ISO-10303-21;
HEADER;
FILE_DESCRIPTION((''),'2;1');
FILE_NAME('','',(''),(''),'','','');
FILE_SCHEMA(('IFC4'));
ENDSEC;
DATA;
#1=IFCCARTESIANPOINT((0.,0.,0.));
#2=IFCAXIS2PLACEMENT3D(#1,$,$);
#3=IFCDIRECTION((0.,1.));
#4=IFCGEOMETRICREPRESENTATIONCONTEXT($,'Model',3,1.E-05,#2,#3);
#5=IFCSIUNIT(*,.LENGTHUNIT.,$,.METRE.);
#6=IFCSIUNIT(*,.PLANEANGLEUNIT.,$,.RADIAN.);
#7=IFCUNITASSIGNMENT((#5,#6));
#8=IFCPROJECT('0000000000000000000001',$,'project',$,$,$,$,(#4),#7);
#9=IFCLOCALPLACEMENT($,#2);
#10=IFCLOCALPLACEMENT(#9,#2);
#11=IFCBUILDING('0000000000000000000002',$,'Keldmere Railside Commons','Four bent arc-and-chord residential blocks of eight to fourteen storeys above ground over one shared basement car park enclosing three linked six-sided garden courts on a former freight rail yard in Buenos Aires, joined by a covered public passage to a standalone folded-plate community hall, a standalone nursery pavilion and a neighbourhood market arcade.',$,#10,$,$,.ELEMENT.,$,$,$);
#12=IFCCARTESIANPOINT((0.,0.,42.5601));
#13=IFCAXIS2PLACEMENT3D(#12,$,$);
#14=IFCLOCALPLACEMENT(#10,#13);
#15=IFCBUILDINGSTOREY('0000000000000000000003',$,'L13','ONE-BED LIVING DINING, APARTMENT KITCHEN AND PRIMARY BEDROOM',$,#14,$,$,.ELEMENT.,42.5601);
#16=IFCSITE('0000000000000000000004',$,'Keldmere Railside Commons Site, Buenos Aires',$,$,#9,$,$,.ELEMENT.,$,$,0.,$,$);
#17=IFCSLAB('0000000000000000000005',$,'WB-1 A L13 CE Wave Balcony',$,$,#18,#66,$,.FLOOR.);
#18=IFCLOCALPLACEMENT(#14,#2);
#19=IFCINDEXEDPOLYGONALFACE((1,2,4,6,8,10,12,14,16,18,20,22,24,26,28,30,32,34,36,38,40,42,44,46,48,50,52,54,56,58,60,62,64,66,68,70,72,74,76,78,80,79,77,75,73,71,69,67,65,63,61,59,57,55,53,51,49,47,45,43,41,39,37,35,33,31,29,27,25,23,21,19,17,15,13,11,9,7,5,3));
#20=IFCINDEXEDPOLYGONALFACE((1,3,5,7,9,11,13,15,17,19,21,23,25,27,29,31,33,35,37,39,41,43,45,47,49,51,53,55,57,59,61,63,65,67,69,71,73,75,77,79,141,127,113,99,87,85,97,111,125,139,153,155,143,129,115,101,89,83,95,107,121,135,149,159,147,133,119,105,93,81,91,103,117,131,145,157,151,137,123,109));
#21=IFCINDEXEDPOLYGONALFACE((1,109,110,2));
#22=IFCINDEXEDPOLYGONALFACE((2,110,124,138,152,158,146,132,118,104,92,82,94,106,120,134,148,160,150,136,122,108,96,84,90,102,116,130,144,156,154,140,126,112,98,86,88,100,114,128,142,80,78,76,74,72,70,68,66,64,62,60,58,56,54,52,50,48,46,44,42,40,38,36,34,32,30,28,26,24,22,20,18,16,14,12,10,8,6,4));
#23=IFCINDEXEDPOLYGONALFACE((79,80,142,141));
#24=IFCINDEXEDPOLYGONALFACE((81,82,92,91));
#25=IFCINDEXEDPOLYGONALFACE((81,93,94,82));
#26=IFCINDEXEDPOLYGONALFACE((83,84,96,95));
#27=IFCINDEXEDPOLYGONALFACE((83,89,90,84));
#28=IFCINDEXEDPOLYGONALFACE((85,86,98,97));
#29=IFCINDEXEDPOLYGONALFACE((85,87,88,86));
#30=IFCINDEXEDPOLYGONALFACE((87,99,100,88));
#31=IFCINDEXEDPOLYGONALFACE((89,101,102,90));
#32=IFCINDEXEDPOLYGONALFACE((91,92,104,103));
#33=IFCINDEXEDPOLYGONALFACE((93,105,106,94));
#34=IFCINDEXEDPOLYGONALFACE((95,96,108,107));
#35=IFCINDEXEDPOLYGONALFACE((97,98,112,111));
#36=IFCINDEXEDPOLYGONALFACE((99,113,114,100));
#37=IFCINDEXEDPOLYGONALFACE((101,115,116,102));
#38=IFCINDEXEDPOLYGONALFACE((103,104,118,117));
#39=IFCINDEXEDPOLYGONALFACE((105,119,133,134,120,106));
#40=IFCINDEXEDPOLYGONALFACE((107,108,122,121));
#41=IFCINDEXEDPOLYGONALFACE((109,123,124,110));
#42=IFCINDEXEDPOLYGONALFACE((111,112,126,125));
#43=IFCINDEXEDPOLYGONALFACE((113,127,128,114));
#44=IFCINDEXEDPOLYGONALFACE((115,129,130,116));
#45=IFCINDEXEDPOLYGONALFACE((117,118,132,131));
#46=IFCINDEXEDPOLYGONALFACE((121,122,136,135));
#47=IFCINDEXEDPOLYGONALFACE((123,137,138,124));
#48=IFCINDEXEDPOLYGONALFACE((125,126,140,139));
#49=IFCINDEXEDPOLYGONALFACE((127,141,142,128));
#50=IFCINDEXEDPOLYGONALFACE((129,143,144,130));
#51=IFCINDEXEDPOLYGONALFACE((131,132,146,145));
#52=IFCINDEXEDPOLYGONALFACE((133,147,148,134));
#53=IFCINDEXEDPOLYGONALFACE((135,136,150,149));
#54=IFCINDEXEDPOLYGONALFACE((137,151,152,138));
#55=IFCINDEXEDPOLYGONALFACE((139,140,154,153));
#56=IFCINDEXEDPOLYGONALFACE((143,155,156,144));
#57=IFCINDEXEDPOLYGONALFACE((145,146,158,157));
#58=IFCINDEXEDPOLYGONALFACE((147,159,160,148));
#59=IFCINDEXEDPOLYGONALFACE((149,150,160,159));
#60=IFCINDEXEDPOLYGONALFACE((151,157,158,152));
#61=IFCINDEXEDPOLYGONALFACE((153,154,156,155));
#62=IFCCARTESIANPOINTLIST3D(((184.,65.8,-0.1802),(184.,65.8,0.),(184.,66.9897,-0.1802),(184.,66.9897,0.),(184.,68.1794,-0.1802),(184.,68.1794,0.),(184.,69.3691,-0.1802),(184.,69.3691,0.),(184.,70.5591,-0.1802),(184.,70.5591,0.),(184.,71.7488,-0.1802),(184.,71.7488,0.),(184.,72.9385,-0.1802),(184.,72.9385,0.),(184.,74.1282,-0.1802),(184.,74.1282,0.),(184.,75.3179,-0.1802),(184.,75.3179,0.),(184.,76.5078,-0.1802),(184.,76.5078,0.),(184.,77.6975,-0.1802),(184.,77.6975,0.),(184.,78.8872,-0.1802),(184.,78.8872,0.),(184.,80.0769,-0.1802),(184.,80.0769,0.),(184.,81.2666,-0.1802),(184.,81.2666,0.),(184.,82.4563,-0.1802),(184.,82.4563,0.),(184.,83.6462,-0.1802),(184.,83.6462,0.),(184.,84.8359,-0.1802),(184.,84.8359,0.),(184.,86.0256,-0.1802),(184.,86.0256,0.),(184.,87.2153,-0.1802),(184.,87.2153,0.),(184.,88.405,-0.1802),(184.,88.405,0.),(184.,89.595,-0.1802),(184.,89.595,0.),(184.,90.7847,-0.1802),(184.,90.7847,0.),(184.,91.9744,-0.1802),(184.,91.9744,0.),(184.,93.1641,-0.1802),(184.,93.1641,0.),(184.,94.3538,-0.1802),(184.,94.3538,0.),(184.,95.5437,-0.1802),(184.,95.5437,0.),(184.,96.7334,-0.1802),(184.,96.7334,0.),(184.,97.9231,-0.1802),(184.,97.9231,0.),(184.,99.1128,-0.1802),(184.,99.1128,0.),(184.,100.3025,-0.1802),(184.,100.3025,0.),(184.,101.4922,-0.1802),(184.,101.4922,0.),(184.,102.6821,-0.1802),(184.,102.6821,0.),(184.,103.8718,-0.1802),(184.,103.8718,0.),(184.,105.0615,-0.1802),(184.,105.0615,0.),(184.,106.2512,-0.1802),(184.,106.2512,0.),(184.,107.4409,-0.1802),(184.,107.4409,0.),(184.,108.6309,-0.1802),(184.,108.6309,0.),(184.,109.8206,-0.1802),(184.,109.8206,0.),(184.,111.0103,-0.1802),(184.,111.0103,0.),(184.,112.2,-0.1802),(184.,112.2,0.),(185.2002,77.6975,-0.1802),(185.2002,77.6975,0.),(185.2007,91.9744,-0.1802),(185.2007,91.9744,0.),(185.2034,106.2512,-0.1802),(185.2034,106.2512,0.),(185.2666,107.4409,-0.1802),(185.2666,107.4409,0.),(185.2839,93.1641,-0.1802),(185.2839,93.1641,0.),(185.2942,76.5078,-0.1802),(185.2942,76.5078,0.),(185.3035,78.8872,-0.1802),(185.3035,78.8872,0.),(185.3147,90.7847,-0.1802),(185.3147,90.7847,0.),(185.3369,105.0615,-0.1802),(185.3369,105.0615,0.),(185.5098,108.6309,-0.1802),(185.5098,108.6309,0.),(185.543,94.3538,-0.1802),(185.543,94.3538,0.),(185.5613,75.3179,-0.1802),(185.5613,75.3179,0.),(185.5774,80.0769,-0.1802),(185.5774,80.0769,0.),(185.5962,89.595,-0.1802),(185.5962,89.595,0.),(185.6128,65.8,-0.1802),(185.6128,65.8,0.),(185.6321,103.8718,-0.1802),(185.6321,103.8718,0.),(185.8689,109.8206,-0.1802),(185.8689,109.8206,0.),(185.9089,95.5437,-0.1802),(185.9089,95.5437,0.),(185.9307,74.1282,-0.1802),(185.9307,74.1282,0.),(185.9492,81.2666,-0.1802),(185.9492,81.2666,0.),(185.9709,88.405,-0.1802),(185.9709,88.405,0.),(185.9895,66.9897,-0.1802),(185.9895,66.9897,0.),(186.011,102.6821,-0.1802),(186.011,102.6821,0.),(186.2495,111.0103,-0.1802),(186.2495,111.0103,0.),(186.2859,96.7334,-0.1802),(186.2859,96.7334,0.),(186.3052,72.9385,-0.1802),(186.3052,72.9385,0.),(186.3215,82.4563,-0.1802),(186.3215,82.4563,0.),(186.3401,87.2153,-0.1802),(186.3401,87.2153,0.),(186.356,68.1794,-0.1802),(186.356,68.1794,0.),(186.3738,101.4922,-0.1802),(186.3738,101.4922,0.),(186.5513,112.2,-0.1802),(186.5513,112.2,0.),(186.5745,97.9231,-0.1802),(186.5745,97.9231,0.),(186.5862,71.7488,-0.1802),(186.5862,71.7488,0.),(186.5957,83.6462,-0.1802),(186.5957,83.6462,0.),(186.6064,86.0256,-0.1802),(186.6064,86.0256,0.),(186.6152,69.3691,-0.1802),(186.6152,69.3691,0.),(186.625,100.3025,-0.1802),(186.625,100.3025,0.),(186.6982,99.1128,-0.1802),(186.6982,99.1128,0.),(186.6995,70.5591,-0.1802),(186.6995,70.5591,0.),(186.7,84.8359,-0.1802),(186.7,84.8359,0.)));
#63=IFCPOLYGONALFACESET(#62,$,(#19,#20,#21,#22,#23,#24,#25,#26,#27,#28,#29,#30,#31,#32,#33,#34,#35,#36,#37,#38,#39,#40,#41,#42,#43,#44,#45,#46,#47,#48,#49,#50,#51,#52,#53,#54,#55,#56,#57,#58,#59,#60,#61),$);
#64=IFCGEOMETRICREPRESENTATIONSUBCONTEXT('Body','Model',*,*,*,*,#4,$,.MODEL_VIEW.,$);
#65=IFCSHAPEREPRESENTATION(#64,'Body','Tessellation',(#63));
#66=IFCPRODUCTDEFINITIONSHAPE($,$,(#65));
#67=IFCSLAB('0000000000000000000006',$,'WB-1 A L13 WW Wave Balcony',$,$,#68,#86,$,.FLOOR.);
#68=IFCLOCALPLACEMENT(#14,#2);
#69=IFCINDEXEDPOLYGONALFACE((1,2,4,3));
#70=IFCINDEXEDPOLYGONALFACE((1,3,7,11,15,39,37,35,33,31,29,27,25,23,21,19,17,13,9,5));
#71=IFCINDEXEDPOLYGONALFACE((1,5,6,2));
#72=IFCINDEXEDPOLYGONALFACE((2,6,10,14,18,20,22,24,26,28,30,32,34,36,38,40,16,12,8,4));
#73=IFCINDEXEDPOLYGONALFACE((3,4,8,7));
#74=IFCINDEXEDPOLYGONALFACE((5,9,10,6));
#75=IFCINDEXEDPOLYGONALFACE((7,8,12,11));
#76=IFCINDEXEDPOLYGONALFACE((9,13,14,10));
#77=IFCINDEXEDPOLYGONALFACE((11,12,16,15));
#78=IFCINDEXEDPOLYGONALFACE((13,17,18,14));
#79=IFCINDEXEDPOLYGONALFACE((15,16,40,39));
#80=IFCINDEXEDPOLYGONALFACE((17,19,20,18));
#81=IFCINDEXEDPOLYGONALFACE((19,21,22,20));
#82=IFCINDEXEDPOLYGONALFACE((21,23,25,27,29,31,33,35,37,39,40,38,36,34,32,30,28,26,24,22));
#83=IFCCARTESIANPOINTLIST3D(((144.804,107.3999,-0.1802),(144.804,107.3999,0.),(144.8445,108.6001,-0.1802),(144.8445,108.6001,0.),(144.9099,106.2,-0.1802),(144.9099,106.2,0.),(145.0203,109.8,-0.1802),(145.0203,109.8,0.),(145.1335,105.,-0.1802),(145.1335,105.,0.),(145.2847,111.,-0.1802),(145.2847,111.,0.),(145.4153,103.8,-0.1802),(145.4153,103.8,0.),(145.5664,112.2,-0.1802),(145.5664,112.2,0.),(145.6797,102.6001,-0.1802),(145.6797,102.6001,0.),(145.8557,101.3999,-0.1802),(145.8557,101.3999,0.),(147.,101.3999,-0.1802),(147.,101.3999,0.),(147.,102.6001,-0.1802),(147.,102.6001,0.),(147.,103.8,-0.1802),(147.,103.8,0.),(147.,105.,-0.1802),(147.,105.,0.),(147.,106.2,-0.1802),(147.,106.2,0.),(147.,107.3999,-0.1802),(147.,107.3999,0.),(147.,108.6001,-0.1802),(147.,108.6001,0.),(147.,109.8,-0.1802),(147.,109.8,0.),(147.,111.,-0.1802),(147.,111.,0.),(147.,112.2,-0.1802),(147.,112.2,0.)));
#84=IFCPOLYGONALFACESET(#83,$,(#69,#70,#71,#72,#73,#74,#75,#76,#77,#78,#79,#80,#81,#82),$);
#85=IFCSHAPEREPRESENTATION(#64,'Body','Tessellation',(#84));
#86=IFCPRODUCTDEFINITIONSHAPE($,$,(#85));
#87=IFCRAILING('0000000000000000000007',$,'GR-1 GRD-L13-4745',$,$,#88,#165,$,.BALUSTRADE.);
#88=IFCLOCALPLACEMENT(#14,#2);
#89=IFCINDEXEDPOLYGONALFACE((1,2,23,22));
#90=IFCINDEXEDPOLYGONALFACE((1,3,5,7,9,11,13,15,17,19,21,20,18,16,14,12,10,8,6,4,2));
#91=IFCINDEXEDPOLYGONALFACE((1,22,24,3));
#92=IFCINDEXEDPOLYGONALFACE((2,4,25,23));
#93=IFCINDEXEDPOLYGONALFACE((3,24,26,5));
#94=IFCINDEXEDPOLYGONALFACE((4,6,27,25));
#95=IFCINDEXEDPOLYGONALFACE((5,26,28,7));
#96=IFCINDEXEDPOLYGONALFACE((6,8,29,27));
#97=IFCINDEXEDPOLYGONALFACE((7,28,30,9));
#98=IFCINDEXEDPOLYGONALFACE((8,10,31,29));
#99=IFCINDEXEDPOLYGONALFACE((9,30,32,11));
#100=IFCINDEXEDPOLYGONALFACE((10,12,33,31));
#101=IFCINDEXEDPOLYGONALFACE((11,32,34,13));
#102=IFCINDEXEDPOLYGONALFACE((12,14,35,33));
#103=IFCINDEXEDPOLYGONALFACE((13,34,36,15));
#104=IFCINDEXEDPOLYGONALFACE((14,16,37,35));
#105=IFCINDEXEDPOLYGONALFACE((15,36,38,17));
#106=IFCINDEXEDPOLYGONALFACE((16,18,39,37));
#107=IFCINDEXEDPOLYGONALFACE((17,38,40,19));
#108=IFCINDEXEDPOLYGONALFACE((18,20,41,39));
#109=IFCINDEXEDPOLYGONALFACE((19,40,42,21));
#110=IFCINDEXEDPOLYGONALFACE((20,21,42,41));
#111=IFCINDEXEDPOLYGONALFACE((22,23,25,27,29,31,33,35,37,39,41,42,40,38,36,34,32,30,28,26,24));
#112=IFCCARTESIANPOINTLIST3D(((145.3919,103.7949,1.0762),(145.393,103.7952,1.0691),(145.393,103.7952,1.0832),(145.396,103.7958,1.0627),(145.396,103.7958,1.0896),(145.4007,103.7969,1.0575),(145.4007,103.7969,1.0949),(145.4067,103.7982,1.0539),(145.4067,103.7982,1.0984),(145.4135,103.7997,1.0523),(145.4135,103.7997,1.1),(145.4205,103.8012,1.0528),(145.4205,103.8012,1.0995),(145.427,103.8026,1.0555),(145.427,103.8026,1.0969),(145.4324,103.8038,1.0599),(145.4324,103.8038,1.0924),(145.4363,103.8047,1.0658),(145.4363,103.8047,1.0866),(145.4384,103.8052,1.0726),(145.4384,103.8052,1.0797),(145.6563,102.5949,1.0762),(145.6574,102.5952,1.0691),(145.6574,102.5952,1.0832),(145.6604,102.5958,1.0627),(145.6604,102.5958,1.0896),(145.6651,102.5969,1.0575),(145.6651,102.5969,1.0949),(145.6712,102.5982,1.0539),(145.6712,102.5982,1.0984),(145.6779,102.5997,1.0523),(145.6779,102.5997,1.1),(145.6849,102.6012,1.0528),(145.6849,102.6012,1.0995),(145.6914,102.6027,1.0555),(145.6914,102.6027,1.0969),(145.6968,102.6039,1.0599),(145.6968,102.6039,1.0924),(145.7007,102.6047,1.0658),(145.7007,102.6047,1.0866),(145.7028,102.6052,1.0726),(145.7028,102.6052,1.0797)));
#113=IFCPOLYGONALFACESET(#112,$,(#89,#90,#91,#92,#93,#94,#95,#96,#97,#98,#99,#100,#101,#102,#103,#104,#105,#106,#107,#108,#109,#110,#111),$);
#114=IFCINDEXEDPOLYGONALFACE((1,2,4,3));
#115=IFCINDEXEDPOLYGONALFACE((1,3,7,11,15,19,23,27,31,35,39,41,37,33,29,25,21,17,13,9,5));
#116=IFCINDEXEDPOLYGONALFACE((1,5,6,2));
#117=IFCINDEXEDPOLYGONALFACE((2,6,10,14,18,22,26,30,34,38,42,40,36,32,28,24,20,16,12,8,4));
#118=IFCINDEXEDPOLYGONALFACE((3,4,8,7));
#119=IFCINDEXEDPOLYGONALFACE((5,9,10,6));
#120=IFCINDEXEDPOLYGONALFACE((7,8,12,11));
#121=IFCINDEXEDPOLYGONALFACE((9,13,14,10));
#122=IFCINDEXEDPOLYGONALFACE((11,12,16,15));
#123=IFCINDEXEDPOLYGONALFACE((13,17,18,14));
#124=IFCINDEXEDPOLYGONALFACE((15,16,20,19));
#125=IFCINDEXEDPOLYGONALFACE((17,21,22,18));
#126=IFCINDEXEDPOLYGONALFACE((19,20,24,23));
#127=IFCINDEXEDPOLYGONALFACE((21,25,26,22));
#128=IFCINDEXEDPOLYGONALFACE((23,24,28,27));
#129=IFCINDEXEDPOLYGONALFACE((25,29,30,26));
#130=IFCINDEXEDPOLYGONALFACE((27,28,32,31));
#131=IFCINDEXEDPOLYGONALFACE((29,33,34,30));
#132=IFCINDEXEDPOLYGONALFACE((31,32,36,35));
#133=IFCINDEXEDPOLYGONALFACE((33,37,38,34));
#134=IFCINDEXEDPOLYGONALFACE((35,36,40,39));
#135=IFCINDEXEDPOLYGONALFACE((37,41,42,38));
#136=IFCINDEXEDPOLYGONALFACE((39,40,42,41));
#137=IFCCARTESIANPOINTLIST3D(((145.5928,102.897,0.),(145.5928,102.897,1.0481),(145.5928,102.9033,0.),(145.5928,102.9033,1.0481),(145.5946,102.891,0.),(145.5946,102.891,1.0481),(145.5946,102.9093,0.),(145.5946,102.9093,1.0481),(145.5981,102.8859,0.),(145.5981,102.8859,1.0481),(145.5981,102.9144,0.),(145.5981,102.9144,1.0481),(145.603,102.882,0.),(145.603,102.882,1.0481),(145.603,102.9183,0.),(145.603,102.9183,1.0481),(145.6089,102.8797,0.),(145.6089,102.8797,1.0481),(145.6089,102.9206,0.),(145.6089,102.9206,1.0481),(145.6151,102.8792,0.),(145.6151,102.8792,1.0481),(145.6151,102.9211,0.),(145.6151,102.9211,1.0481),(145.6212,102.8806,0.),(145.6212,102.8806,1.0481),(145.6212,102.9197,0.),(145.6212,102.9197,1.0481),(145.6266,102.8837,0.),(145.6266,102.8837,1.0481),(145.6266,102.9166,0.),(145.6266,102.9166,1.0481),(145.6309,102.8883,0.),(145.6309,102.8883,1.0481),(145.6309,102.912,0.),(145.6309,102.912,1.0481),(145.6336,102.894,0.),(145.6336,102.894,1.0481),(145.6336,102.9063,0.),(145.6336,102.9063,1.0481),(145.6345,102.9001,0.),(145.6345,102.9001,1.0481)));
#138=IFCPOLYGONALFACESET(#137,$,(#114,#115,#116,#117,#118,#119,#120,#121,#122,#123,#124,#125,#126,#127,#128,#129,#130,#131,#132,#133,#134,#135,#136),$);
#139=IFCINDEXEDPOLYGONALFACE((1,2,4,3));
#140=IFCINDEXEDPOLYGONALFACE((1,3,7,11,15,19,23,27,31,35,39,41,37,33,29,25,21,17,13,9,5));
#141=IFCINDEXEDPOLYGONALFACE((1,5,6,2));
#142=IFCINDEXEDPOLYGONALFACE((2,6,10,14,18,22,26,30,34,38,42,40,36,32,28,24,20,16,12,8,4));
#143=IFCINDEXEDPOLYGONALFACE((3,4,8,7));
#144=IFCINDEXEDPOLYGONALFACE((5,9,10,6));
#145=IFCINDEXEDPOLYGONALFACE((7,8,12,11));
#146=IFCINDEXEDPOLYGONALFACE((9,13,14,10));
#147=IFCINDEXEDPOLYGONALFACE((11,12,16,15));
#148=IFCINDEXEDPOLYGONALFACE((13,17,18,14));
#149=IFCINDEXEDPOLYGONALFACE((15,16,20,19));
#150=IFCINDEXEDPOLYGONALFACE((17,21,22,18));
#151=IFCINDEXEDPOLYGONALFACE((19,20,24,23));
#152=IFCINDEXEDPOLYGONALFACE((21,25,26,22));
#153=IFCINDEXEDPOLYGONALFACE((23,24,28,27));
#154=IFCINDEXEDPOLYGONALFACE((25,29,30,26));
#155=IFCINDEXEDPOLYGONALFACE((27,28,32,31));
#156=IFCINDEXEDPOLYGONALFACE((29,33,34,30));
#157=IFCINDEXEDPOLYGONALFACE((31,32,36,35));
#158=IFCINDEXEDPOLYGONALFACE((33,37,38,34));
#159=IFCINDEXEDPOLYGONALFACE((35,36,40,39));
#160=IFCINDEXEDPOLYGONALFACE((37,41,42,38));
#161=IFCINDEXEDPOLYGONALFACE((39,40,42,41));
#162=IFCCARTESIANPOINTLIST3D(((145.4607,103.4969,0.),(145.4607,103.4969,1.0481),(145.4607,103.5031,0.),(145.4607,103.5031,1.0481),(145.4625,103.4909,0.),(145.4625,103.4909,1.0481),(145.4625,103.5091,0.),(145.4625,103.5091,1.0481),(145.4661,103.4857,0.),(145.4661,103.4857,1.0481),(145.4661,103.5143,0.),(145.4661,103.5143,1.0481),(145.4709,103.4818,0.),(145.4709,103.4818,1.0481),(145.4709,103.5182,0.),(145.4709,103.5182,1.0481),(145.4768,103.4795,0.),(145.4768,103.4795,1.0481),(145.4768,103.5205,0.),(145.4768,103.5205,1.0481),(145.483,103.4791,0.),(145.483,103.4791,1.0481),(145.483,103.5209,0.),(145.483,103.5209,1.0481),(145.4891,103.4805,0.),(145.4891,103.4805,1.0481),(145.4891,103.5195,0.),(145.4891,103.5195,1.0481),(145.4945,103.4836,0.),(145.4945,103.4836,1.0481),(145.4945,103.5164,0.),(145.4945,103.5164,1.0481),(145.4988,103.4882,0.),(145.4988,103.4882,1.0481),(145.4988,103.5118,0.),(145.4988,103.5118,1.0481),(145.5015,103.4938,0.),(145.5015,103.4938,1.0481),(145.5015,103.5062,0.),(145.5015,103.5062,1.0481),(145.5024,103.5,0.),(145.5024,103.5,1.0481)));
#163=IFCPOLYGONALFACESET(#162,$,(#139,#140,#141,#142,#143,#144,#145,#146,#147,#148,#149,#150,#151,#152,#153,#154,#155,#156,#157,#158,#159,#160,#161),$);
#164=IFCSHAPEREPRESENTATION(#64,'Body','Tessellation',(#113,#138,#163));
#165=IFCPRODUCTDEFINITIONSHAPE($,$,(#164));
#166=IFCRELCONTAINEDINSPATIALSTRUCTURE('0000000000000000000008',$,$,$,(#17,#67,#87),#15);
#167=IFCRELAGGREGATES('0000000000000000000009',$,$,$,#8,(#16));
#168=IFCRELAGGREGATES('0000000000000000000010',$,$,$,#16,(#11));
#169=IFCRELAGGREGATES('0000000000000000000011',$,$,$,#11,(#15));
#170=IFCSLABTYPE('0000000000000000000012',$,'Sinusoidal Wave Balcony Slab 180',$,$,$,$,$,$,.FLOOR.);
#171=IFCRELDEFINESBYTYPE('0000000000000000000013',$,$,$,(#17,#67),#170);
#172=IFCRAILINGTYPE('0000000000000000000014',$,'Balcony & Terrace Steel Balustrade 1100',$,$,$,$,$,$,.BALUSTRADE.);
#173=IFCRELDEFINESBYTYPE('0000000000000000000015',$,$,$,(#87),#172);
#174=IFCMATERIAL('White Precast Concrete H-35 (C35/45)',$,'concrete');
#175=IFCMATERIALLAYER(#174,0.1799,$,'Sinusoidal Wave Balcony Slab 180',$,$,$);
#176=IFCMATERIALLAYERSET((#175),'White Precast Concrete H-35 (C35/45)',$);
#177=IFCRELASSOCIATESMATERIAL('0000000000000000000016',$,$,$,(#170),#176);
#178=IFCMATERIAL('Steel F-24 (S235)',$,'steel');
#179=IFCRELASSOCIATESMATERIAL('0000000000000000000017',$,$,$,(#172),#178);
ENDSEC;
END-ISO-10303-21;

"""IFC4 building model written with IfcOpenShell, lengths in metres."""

from ifc_helpers import new_model, si_unit, direction, frame, origin, origin_2d, place, context, subcontext, project, spatial, polyline, circle, outline, extrude, material, layer, layer_set, type_object, element, save


model = new_model("IFC4")

# Units and contexts
model_context = context("Model", 3, precision=1e-05, world=origin(), true_north=direction((0.0, 1.0)))
body_context = subcontext(model_context, "Body", "Model", "MODEL_VIEW")
ifc_project = project(units=[si_unit("LENGTHUNIT", "METRE"), si_unit("PLANEANGLEUNIT", "RADIAN")], contexts=[model_context])

# Site, building, storey
site_placement = place(None, origin())
site = spatial("IfcSite", under=ifc_project, at=site_placement, Name="Keldmere Railside Commons Site, Buenos Aires", CompositionType="ELEMENT", RefElevation=0.0)
building_placement = place(site_placement, origin())
building = spatial("IfcBuilding", under=site, at=building_placement, Name="Keldmere Railside Commons", Description="Four bent arc-and-chord residential blocks of eight to fourteen storeys above ground over one shared basement car park enclosing three linked six-sided garden courts on a former freight rail yard in Buenos Aires, joined by a covered public passage to a standalone folded-plate community hall, a standalone nursery pavilion and a neighbourhood market arcade.", CompositionType="ELEMENT")
storey_placement = place(building_placement, frame((0.0, 0.0, 42.5601)))
storey = spatial("IfcBuildingStorey", under=building, at=storey_placement, Name="L13", Description="ONE-BED LIVING DINING, APARTMENT KITCHEN AND PRIMARY BEDROOM", CompositionType="ELEMENT", Elevation=42.5601)

# Slabs
ifc_material_1 = material(Name="White Precast Concrete H-35 (C35/45)", Category="concrete")
ifc_layer_1 = layer(ifc_material_1, 0.1799, Name="Sinusoidal Wave Balcony Slab 180")
ifc_layer_set_1 = layer_set([ifc_layer_1], Name="White Precast Concrete H-35 (C35/45)")
slab_type_1 = type_object("IfcSlabType", Name="Sinusoidal Wave Balcony Slab 180", PredefinedType="FLOOR", material=ifc_layer_set_1)
slab_1_placement = place(storey_placement, frame((0.0, 0.0, -0.1802)))
element("IfcSlab", 1, at=slab_1_placement, inside=storey, type_object=slab_type_1, Name="WB-1 A L13 CE Wave Balcony", PredefinedType="FLOOR", context=body_context, shape_type="SweptSolid", body=[
    extrude(outline(polyline([(185.6128, 65.8), (185.9895, 66.9897), (186.356, 68.1794), (186.6152, 69.3691), (186.6995, 70.5591), (186.5862, 71.7488), (186.3052, 72.9385), (185.9307, 74.1282), (185.5613, 75.3179), (185.2942, 76.5078), (185.2002, 77.6975), (185.3035, 78.8872), (185.5774, 80.0769), (185.9492, 81.2666), (186.3215, 82.4563), (186.5957, 83.6462), (186.7, 84.8359), (186.6064, 86.0256), (186.3401, 87.2153), (185.9709, 88.405), (185.5962, 89.595), (185.3147, 90.7847), (185.2007, 91.9744), (185.2839, 93.1641), (185.543, 94.3538), (185.9089, 95.5437), (186.2859, 96.7334), (186.5745, 97.9231), (186.6982, 99.1128), (186.625, 100.3025), (186.3738, 101.4922), (186.011, 102.6821), (185.6321, 103.8718), (185.3369, 105.0615), (185.2034, 106.2512), (185.2666, 107.4409), (185.5098, 108.6309), (185.8689, 109.8206), (186.2495, 111.0103), (186.5513, 112.2), (184.0, 112.2), (184.0, 111.0103), (184.0, 109.8206), (184.0, 108.6309), (184.0, 107.4409), (184.0, 106.2512), (184.0, 105.0615), (184.0, 103.8718), (184.0, 102.6821), (184.0, 101.4922), (184.0, 100.3025), (184.0, 99.1128), (184.0, 97.9231), (184.0, 96.7334), (184.0, 95.5437), (184.0, 94.3538), (184.0, 93.1641), (184.0, 91.9744), (184.0, 90.7847), (184.0, 89.595), (184.0, 88.405), (184.0, 87.2153), (184.0, 86.0256), (184.0, 84.8359), (184.0, 83.6462), (184.0, 82.4563), (184.0, 81.2666), (184.0, 80.0769), (184.0, 78.8872), (184.0, 77.6975), (184.0, 76.5078), (184.0, 75.3179), (184.0, 74.1282), (184.0, 72.9385), (184.0, 71.7488), (184.0, 70.5591), (184.0, 69.3691), (184.0, 68.1794), (184.0, 66.9897), (184.0, 65.8), (185.6128, 65.8)])), origin(), (0.0, 0.0, 1.0), 0.1802),
])
slab_2_placement = place(storey_placement, frame((0.0, 0.0, -0.1802)))
element("IfcSlab", 2, at=slab_2_placement, inside=storey, type_object=slab_type_1, Name="WB-1 A L13 WW Wave Balcony", PredefinedType="FLOOR", context=body_context, shape_type="SweptSolid", body=[
    extrude(outline(polyline([(147.0, 101.3999), (147.0, 102.6001), (147.0, 103.8), (147.0, 105.0), (147.0, 106.2), (147.0, 107.3999), (147.0, 108.6001), (147.0, 109.8), (147.0, 111.0), (147.0, 112.2), (145.5664, 112.2), (145.2847, 111.0), (145.0203, 109.8), (144.8445, 108.6001), (144.804, 107.3999), (144.9099, 106.2), (145.1335, 105.0), (145.4153, 103.8), (145.6797, 102.6001), (145.8557, 101.3999), (147.0, 101.3999)])), origin(), (0.0, 0.0, 1.0), 0.1802),
])

# Railing
ifc_material_2 = material(Name="Steel F-24 (S235)", Category="steel")
railing_type = type_object("IfcRailingType", Name="Balcony & Terrace Steel Balustrade 1100", PredefinedType="BALUSTRADE", material=ifc_material_2)
railing_1_placement = place(storey_placement, frame((145.6797, 102.6001, 0.0)))
element("IfcRailing", 3, at=railing_1_placement, inside=storey, type_object=railing_type, Name="GR-1 GRD-L13-4745", PredefinedType="BALUSTRADE", context=body_context, shape_type="SweptSolid", body=[
    extrude(circle(Radius=0.0239, at=origin_2d()), frame((0.0, 0.0, 1.0762), z_axis=(-0.215184, 0.976574, 0.0), x_axis=(-0.976574, -0.215184, 0.0)), (0.0, 0.0, 1.0), 1.2288),
    extrude(circle(Radius=0.021, at=origin_2d()), frame((-0.0662, 0.3, 0.0)), (0.0, 0.0, 1.0), 1.0481),
    extrude(circle(Radius=0.021, at=origin_2d()), frame((-0.1982, 0.8999, 0.0)), (0.0, 0.0, 1.0), 1.0481),
])

save(model, "model.ifc")
